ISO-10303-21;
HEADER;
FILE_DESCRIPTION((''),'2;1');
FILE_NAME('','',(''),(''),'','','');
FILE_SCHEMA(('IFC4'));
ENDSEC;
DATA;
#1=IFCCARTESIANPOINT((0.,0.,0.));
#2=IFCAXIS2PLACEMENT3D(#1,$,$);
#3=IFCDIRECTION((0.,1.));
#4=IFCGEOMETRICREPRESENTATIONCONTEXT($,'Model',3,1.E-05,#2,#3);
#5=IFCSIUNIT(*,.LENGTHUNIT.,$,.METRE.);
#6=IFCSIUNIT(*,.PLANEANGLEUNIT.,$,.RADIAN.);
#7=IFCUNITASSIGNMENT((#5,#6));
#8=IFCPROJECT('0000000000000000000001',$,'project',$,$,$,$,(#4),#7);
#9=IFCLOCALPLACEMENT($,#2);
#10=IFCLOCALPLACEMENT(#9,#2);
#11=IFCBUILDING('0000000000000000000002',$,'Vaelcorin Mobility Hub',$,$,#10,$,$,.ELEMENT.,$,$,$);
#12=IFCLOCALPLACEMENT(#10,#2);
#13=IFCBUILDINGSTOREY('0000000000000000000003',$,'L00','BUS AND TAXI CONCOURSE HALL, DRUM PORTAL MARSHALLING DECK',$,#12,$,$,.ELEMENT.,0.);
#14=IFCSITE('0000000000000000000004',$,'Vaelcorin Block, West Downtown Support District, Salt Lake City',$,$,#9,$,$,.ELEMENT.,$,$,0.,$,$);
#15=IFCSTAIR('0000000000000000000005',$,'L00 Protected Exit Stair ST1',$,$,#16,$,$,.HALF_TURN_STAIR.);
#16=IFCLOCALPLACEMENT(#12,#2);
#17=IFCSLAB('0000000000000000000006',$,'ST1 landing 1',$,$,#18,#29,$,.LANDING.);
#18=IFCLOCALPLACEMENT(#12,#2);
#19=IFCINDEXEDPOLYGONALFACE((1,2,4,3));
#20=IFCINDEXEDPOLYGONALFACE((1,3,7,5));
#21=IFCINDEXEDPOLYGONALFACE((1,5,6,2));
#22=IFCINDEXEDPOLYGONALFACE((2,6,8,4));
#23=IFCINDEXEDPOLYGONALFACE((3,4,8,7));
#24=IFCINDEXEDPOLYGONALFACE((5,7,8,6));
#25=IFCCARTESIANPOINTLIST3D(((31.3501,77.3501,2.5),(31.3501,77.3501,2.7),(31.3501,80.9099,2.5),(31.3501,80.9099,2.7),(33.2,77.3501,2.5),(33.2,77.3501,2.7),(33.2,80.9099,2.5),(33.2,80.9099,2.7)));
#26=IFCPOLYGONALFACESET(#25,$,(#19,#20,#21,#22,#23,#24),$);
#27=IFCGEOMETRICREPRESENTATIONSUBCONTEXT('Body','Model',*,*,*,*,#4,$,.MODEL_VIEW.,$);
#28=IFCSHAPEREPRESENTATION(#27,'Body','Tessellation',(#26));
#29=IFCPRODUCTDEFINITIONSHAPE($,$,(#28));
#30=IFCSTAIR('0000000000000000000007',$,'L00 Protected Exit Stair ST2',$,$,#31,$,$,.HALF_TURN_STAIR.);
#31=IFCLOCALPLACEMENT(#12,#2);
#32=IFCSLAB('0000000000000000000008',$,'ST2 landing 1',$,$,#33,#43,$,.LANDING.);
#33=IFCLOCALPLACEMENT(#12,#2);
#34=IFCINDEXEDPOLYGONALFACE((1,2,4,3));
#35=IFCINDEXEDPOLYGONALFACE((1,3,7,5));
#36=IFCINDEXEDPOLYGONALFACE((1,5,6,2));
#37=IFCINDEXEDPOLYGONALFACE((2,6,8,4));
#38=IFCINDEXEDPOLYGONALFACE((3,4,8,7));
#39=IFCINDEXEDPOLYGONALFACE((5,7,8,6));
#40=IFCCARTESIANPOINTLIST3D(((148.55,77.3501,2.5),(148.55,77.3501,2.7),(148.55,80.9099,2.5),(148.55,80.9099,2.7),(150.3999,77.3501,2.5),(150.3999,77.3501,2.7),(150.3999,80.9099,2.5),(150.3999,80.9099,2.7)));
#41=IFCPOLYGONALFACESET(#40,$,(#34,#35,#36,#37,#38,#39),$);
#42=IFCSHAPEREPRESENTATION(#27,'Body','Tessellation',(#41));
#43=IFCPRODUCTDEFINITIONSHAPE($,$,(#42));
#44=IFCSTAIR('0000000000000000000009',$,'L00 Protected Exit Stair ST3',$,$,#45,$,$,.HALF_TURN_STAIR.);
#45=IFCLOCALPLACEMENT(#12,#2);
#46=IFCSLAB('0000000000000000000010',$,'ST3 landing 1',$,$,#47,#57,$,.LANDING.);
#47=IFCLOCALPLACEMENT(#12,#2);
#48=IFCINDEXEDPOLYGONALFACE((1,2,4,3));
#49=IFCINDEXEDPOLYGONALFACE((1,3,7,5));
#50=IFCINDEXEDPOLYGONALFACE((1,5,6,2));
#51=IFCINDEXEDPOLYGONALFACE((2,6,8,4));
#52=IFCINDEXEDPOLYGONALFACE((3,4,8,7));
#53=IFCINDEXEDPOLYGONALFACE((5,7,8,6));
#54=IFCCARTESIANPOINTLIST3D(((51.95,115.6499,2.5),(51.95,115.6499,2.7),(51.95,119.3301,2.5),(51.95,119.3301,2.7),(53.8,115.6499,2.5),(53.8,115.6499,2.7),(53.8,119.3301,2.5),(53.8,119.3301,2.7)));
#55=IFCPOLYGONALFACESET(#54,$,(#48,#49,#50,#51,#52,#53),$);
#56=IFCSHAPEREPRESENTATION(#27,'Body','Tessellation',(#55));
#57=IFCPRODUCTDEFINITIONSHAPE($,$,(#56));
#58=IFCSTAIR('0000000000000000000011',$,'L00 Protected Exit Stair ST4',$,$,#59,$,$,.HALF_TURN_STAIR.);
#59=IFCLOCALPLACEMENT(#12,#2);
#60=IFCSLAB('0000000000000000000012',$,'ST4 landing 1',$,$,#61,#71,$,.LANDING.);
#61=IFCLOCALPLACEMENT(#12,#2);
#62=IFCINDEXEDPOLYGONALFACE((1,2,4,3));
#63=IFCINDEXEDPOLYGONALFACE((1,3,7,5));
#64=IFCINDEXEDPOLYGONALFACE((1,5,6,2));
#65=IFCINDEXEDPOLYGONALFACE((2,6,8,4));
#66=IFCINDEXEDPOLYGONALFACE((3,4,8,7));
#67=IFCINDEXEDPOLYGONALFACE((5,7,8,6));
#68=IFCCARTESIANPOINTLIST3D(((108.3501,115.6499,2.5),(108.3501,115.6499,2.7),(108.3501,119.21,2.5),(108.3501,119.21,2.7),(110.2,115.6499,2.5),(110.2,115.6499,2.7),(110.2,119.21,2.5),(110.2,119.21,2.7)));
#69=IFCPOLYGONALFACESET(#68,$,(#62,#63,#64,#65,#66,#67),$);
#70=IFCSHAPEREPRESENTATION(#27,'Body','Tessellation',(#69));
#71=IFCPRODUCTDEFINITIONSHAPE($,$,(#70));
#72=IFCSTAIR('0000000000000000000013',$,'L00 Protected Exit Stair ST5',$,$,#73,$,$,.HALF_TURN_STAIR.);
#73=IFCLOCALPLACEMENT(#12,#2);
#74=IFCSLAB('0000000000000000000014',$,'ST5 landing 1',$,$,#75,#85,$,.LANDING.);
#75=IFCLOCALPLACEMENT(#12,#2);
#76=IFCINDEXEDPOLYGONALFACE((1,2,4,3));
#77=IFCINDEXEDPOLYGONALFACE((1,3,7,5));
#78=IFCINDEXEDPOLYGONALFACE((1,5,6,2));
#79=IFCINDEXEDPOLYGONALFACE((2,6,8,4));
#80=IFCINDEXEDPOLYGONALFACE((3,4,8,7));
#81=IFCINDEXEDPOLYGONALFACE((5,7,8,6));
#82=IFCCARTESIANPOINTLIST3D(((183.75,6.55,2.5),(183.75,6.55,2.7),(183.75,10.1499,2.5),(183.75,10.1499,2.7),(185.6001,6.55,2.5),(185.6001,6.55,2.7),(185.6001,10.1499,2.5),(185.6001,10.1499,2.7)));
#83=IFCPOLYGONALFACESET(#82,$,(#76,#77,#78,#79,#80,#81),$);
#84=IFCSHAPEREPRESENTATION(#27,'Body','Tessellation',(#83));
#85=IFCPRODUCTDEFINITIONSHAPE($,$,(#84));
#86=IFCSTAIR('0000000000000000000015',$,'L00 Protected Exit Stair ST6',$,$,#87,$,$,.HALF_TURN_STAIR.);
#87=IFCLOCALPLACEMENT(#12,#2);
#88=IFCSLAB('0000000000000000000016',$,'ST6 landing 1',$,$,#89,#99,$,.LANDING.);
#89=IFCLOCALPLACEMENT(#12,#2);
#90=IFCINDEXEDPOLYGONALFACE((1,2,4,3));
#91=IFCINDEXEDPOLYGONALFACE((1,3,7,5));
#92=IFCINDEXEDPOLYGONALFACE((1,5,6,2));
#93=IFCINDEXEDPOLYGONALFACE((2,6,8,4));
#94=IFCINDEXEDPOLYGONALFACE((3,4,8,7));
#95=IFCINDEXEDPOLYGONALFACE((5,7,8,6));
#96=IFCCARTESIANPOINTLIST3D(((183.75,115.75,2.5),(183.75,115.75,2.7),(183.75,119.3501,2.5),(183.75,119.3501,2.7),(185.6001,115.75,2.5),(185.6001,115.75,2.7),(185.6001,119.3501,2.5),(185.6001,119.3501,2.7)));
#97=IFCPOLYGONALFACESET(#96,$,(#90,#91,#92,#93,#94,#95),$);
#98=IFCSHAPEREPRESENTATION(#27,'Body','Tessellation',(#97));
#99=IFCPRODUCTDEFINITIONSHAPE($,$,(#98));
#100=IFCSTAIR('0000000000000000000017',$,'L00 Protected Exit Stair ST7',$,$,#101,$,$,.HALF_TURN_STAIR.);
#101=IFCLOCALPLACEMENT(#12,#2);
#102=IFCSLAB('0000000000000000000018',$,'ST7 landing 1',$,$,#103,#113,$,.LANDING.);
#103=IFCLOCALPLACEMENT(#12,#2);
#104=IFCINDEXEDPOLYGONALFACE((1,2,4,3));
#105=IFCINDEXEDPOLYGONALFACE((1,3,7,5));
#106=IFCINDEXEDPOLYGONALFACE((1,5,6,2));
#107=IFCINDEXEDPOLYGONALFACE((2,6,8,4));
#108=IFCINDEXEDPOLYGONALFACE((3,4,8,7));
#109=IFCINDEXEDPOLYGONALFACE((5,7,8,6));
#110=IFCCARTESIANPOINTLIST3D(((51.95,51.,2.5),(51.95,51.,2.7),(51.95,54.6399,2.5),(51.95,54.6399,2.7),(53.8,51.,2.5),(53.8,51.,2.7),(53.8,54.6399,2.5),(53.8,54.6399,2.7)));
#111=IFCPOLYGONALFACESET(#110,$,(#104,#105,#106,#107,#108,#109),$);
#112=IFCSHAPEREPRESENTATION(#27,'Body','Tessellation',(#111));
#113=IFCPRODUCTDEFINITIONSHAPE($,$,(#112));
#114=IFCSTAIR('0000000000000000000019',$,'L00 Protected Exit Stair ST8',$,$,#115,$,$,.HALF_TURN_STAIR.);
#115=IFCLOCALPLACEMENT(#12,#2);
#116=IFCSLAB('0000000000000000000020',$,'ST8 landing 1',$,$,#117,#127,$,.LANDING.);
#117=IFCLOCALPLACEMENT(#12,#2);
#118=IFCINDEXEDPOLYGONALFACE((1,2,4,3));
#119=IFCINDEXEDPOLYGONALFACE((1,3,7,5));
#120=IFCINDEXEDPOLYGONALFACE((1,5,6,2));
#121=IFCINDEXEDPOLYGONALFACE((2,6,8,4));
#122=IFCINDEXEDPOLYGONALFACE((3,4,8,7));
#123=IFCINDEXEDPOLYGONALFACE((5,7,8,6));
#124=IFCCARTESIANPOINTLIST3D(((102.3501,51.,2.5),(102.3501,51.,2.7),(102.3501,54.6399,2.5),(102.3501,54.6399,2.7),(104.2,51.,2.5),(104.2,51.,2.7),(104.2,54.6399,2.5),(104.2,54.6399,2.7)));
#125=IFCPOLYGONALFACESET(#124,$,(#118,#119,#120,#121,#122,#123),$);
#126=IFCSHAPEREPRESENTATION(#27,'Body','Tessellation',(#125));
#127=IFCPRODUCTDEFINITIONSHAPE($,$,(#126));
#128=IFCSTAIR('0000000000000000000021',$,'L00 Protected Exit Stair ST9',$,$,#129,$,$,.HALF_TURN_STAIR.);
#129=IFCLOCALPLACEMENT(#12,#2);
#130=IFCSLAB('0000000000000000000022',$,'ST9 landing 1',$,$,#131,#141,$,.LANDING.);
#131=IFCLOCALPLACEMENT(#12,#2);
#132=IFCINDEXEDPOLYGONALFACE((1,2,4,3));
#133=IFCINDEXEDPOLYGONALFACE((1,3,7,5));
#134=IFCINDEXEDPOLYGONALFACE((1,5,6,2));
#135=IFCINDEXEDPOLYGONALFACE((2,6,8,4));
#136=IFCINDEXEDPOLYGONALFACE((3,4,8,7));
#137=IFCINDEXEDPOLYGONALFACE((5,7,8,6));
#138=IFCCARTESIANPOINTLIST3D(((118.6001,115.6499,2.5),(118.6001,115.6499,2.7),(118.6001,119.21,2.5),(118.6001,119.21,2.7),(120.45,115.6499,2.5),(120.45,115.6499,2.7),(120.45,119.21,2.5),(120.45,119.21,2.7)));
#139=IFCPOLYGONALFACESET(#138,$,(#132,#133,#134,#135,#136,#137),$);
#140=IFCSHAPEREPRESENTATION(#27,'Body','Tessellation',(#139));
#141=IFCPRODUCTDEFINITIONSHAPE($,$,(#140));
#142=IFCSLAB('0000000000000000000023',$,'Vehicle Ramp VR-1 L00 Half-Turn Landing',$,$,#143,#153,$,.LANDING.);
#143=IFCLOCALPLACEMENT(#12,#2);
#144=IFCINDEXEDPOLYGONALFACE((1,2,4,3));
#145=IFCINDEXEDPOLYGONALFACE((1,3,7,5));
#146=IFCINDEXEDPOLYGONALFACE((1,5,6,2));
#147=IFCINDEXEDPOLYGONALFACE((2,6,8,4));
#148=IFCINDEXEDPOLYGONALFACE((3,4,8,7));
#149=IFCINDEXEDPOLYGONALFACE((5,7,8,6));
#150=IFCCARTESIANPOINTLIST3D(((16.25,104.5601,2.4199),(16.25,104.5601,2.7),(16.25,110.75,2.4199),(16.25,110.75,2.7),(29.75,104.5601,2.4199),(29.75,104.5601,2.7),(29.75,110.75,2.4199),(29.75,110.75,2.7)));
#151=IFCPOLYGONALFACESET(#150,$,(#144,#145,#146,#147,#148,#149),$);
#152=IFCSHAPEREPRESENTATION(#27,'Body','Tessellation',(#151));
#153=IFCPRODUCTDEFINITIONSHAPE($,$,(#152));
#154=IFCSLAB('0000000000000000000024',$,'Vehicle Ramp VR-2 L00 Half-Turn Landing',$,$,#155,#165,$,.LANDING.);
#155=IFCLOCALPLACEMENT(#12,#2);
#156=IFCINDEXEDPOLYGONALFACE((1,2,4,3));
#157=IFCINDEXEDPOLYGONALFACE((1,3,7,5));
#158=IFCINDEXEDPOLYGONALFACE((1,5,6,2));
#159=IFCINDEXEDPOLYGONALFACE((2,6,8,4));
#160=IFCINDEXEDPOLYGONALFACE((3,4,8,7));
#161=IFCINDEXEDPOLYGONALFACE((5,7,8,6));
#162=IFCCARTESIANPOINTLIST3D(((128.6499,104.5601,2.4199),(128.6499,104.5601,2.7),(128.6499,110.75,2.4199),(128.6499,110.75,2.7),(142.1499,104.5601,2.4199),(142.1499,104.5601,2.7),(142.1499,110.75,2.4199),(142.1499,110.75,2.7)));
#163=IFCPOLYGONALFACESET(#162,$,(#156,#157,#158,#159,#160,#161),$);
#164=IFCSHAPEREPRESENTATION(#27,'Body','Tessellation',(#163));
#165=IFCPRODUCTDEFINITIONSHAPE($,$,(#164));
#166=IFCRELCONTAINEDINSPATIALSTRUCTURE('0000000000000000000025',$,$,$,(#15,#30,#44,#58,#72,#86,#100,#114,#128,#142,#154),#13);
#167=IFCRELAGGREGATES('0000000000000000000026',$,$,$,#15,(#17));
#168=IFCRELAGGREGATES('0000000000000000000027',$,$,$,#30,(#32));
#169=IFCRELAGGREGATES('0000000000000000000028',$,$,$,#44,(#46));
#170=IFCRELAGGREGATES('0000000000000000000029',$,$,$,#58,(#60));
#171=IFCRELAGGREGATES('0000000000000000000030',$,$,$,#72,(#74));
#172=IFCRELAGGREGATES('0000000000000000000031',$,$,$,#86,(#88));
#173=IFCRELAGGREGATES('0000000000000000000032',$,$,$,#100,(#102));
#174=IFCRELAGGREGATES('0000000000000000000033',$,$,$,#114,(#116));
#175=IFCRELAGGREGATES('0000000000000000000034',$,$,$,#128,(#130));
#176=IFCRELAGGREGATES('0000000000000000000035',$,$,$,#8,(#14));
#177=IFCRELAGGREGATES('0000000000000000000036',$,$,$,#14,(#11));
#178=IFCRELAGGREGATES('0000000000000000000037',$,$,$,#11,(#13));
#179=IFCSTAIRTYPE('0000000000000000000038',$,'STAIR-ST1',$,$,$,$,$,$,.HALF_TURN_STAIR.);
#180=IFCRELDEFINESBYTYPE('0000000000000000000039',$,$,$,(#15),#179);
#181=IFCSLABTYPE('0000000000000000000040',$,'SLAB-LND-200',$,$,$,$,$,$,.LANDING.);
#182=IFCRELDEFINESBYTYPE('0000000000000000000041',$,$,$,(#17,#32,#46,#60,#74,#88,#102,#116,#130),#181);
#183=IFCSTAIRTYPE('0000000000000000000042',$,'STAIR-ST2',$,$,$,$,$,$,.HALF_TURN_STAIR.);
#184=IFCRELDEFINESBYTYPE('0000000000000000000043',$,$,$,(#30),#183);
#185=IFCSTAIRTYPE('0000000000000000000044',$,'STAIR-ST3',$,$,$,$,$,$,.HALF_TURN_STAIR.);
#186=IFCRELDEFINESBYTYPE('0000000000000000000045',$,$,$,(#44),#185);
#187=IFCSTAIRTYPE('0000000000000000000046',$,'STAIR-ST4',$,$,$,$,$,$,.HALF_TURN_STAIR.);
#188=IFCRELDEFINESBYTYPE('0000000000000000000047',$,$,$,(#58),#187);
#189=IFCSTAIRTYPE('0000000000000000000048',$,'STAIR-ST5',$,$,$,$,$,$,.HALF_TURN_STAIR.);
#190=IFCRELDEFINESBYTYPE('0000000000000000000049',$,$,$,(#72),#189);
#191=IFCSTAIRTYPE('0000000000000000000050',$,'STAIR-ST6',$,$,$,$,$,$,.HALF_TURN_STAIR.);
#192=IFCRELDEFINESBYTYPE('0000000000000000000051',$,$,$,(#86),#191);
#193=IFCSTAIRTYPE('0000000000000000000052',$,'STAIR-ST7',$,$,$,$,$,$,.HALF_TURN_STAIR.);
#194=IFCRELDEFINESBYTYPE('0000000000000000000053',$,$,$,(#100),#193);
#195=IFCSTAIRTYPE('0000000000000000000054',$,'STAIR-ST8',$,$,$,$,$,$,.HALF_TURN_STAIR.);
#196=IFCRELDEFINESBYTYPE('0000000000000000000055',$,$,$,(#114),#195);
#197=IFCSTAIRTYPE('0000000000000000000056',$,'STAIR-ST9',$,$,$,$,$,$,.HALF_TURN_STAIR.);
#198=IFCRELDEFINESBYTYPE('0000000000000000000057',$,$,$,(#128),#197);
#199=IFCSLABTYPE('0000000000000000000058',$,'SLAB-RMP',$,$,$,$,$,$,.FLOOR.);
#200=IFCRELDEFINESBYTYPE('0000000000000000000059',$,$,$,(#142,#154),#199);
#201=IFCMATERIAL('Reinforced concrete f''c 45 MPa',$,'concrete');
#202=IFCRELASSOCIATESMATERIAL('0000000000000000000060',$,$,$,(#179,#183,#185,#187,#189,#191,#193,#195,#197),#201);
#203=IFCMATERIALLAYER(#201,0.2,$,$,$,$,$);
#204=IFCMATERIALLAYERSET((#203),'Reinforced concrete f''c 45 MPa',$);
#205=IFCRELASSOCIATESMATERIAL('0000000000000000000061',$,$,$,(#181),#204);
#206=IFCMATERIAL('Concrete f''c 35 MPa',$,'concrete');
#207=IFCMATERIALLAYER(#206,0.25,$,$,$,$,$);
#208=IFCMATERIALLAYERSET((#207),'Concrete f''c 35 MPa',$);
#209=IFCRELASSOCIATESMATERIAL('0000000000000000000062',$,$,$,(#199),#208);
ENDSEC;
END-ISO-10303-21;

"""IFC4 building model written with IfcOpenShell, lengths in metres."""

from ifc_helpers import new_model, si_unit, direction, frame, origin, place, context, subcontext, project, spatial, polyline, outline, extrude, material, layer, layer_set, type_object, element, aggregate, save


model = new_model("IFC4")

# Units and contexts
model_context = context("Model", 3, precision=1e-05, world=origin(), true_north=direction((0.0, 1.0)))
body_context = subcontext(model_context, "Body", "Model", "MODEL_VIEW")
ifc_project = project(units=[si_unit("LENGTHUNIT", "METRE"), si_unit("PLANEANGLEUNIT", "RADIAN")], contexts=[model_context])

# Site, building, storey
site_placement = place(None, origin())
site = spatial("IfcSite", under=ifc_project, at=site_placement, Name="Vaelcorin Block, West Downtown Support District, Salt Lake City", CompositionType="ELEMENT", RefElevation=0.0)
building_placement = place(site_placement, origin())
building = spatial("IfcBuilding", under=site, at=building_placement, Name="Vaelcorin Mobility Hub", CompositionType="ELEMENT")
storey_placement = place(building_placement, origin())
storey = spatial("IfcBuildingStorey", under=building, at=storey_placement, Name="L00", Description="BUS AND TAXI CONCOURSE HALL, DRUM PORTAL MARSHALLING DECK", CompositionType="ELEMENT", Elevation=0.0)

# Stairs, slabs
ifc_material_1 = material(Name="Reinforced concrete f'c 45 MPa", Category="concrete")
stair_type_1 = type_object("IfcStairType", Name="STAIR-ST1", PredefinedType="HALF_TURN_STAIR", material=ifc_material_1)
stair_1_placement = place(storey_placement, origin())
stair_1 = element("IfcStair", 1, at=stair_1_placement, inside=storey, type_object=stair_type_1, Name="L00 Protected Exit Stair ST1", PredefinedType="HALF_TURN_STAIR")
ifc_layer_1 = layer(ifc_material_1, 0.2)
ifc_layer_set_1 = layer_set([ifc_layer_1], Name="Reinforced concrete f'c 45 MPa")
slab_type_1 = type_object("IfcSlabType", Name="SLAB-LND-200", PredefinedType="LANDING", material=ifc_layer_set_1)
slab_1_placement = place(storey_placement, frame((0.0, 0.0, 2.5)))
slab_1 = element("IfcSlab", 2, at=slab_1_placement, type_object=slab_type_1, Name="ST1 landing 1", PredefinedType="LANDING", context=body_context, shape_type="SweptSolid", body=[
    extrude(outline(polyline([(31.3501, 77.3501), (33.2, 77.3501), (33.2, 80.9099), (31.3501, 80.9099), (31.3501, 77.3501)])), origin(), (0.0, 0.0, 1.0), 0.2),
])
aggregate(stair_1, [slab_1])
stair_type_2 = type_object("IfcStairType", Name="STAIR-ST2", PredefinedType="HALF_TURN_STAIR", material=ifc_material_1)
stair_2_placement = place(storey_placement, origin())
stair_2 = element("IfcStair", 3, at=stair_2_placement, inside=storey, type_object=stair_type_2, Name="L00 Protected Exit Stair ST2", PredefinedType="HALF_TURN_STAIR")
slab_2_placement = place(storey_placement, frame((0.0, 0.0, 2.5)))
slab_2 = element("IfcSlab", 4, at=slab_2_placement, type_object=slab_type_1, Name="ST2 landing 1", PredefinedType="LANDING", context=body_context, shape_type="SweptSolid", body=[
    extrude(outline(polyline([(148.55, 77.3501), (150.3999, 77.3501), (150.3999, 80.9099), (148.55, 80.9099), (148.55, 77.3501)])), origin(), (0.0, 0.0, 1.0), 0.2),
])
aggregate(stair_2, [slab_2])
stair_type_3 = type_object("IfcStairType", Name="STAIR-ST3", PredefinedType="HALF_TURN_STAIR", material=ifc_material_1)
stair_3_placement = place(storey_placement, origin())
stair_3 = element("IfcStair", 5, at=stair_3_placement, inside=storey, type_object=stair_type_3, Name="L00 Protected Exit Stair ST3", PredefinedType="HALF_TURN_STAIR")
slab_3_placement = place(storey_placement, frame((0.0, 0.0, 2.5)))
slab_3 = element("IfcSlab", 6, at=slab_3_placement, type_object=slab_type_1, Name="ST3 landing 1", PredefinedType="LANDING", context=body_context, shape_type="SweptSolid", body=[
    extrude(outline(polyline([(51.95, 115.6499), (53.8, 115.6499), (53.8, 119.3301), (51.95, 119.3301), (51.95, 115.6499)])), origin(), (0.0, 0.0, 1.0), 0.2),
])
aggregate(stair_3, [slab_3])
stair_type_4 = type_object("IfcStairType", Name="STAIR-ST4", PredefinedType="HALF_TURN_STAIR", material=ifc_material_1)
stair_4_placement = place(storey_placement, origin())
stair_4 = element("IfcStair", 7, at=stair_4_placement, inside=storey, type_object=stair_type_4, Name="L00 Protected Exit Stair ST4", PredefinedType="HALF_TURN_STAIR")
slab_4_placement = place(storey_placement, frame((0.0, 0.0, 2.5)))
slab_4 = element("IfcSlab", 8, at=slab_4_placement, type_object=slab_type_1, Name="ST4 landing 1", PredefinedType="LANDING", context=body_context, shape_type="SweptSolid", body=[
    extrude(outline(polyline([(108.3501, 115.6499), (110.2, 115.6499), (110.2, 119.21), (108.3501, 119.21), (108.3501, 115.6499)])), origin(), (0.0, 0.0, 1.0), 0.2),
])
aggregate(stair_4, [slab_4])
stair_type_5 = type_object("IfcStairType", Name="STAIR-ST5", PredefinedType="HALF_TURN_STAIR", material=ifc_material_1)
stair_5_placement = place(storey_placement, origin())
stair_5 = element("IfcStair", 9, at=stair_5_placement, inside=storey, type_object=stair_type_5, Name="L00 Protected Exit Stair ST5", PredefinedType="HALF_TURN_STAIR")
slab_5_placement = place(storey_placement, frame((0.0, 0.0, 2.5)))
slab_5 = element("IfcSlab", 10, at=slab_5_placement, type_object=slab_type_1, Name="ST5 landing 1", PredefinedType="LANDING", context=body_context, shape_type="SweptSolid", body=[
    extrude(outline(polyline([(183.75, 6.55), (185.6001, 6.55), (185.6001, 10.1499), (183.75, 10.1499), (183.75, 6.55)])), origin(), (0.0, 0.0, 1.0), 0.2),
])
aggregate(stair_5, [slab_5])
stair_type_6 = type_object("IfcStairType", Name="STAIR-ST6", PredefinedType="HALF_TURN_STAIR", material=ifc_material_1)
stair_6_placement = place(storey_placement, origin())
stair_6 = element("IfcStair", 11, at=stair_6_placement, inside=storey, type_object=stair_type_6, Name="L00 Protected Exit Stair ST6", PredefinedType="HALF_TURN_STAIR")
slab_6_placement = place(storey_placement, frame((0.0, 0.0, 2.5)))
slab_6 = element("IfcSlab", 12, at=slab_6_placement, type_object=slab_type_1, Name="ST6 landing 1", PredefinedType="LANDING", context=body_context, shape_type="SweptSolid", body=[
    extrude(outline(polyline([(183.75, 115.75), (185.6001, 115.75), (185.6001, 119.3501), (183.75, 119.3501), (183.75, 115.75)])), origin(), (0.0, 0.0, 1.0), 0.2),
])
aggregate(stair_6, [slab_6])
stair_type_7 = type_object("IfcStairType", Name="STAIR-ST7", PredefinedType="HALF_TURN_STAIR", material=ifc_material_1)
stair_7_placement = place(storey_placement, origin())
stair_7 = element("IfcStair", 13, at=stair_7_placement, inside=storey, type_object=stair_type_7, Name="L00 Protected Exit Stair ST7", PredefinedType="HALF_TURN_STAIR")
slab_7_placement = place(storey_placement, frame((0.0, 0.0, 2.5)))
slab_7 = element("IfcSlab", 14, at=slab_7_placement, type_object=slab_type_1, Name="ST7 landing 1", PredefinedType="LANDING", context=body_context, shape_type="SweptSolid", body=[
    extrude(outline(polyline([(51.95, 51.0), (53.8, 51.0), (53.8, 54.6399), (51.95, 54.6399), (51.95, 51.0)])), origin(), (0.0, 0.0, 1.0), 0.2),
])
aggregate(stair_7, [slab_7])
stair_type_8 = type_object("IfcStairType", Name="STAIR-ST8", PredefinedType="HALF_TURN_STAIR", material=ifc_material_1)
stair_8_placement = place(storey_placement, origin())
stair_8 = element("IfcStair", 15, at=stair_8_placement, inside=storey, type_object=stair_type_8, Name="L00 Protected Exit Stair ST8", PredefinedType="HALF_TURN_STAIR")
slab_8_placement = place(storey_placement, frame((0.0, 0.0, 2.5)))
slab_8 = element("IfcSlab", 16, at=slab_8_placement, type_object=slab_type_1, Name="ST8 landing 1", PredefinedType="LANDING", context=body_context, shape_type="SweptSolid", body=[
    extrude(outline(polyline([(102.3501, 51.0), (104.2, 51.0), (104.2, 54.6399), (102.3501, 54.6399), (102.3501, 51.0)])), origin(), (0.0, 0.0, 1.0), 0.2),
])
aggregate(stair_8, [slab_8])
stair_type_9 = type_object("IfcStairType", Name="STAIR-ST9", PredefinedType="HALF_TURN_STAIR", material=ifc_material_1)
stair_9_placement = place(storey_placement, origin())
stair_9 = element("IfcStair", 17, at=stair_9_placement, inside=storey, type_object=stair_type_9, Name="L00 Protected Exit Stair ST9", PredefinedType="HALF_TURN_STAIR")
slab_9_placement = place(storey_placement, frame((0.0, 0.0, 2.5)))
slab_9 = element("IfcSlab", 18, at=slab_9_placement, type_object=slab_type_1, Name="ST9 landing 1", PredefinedType="LANDING", context=body_context, shape_type="SweptSolid", body=[
    extrude(outline(polyline([(118.6001, 115.6499), (120.45, 115.6499), (120.45, 119.21), (118.6001, 119.21), (118.6001, 115.6499)])), origin(), (0.0, 0.0, 1.0), 0.2),
])
aggregate(stair_9, [slab_9])

# Slabs
ifc_material_2 = material(Name="Concrete f'c 35 MPa", Category="concrete")
ifc_layer_2 = layer(ifc_material_2, 0.25)
ifc_layer_set_2 = layer_set([ifc_layer_2], Name="Concrete f'c 35 MPa")
slab_type_2 = type_object("IfcSlabType", Name="SLAB-RMP", PredefinedType="FLOOR", material=ifc_layer_set_2)
slab_10_placement = place(storey_placement, frame((0.0, 0.0, 2.4199)))
element("IfcSlab", 19, at=slab_10_placement, inside=storey, type_object=slab_type_2, Name="Vehicle Ramp VR-1 L00 Half-Turn Landing", PredefinedType="LANDING", context=body_context, shape_type="SweptSolid", body=[
    extrude(outline(polyline([(16.25, 104.5601), (29.75, 104.5601), (29.75, 110.75), (16.25, 110.75), (16.25, 104.5601)])), origin(), (0.0, 0.0, 1.0), 0.28),
])
slab_11_placement = place(storey_placement, frame((0.0, 0.0, 2.4199)))
element("IfcSlab", 20, at=slab_11_placement, inside=storey, type_object=slab_type_2, Name="Vehicle Ramp VR-2 L00 Half-Turn Landing", PredefinedType="LANDING", context=body_context, shape_type="SweptSolid", body=[
    extrude(outline(polyline([(128.6499, 104.5601), (142.1499, 104.5601), (142.1499, 110.75), (128.6499, 110.75), (128.6499, 104.5601)])), origin(), (0.0, 0.0, 1.0), 0.28),
])

save(model, "model.ifc")
